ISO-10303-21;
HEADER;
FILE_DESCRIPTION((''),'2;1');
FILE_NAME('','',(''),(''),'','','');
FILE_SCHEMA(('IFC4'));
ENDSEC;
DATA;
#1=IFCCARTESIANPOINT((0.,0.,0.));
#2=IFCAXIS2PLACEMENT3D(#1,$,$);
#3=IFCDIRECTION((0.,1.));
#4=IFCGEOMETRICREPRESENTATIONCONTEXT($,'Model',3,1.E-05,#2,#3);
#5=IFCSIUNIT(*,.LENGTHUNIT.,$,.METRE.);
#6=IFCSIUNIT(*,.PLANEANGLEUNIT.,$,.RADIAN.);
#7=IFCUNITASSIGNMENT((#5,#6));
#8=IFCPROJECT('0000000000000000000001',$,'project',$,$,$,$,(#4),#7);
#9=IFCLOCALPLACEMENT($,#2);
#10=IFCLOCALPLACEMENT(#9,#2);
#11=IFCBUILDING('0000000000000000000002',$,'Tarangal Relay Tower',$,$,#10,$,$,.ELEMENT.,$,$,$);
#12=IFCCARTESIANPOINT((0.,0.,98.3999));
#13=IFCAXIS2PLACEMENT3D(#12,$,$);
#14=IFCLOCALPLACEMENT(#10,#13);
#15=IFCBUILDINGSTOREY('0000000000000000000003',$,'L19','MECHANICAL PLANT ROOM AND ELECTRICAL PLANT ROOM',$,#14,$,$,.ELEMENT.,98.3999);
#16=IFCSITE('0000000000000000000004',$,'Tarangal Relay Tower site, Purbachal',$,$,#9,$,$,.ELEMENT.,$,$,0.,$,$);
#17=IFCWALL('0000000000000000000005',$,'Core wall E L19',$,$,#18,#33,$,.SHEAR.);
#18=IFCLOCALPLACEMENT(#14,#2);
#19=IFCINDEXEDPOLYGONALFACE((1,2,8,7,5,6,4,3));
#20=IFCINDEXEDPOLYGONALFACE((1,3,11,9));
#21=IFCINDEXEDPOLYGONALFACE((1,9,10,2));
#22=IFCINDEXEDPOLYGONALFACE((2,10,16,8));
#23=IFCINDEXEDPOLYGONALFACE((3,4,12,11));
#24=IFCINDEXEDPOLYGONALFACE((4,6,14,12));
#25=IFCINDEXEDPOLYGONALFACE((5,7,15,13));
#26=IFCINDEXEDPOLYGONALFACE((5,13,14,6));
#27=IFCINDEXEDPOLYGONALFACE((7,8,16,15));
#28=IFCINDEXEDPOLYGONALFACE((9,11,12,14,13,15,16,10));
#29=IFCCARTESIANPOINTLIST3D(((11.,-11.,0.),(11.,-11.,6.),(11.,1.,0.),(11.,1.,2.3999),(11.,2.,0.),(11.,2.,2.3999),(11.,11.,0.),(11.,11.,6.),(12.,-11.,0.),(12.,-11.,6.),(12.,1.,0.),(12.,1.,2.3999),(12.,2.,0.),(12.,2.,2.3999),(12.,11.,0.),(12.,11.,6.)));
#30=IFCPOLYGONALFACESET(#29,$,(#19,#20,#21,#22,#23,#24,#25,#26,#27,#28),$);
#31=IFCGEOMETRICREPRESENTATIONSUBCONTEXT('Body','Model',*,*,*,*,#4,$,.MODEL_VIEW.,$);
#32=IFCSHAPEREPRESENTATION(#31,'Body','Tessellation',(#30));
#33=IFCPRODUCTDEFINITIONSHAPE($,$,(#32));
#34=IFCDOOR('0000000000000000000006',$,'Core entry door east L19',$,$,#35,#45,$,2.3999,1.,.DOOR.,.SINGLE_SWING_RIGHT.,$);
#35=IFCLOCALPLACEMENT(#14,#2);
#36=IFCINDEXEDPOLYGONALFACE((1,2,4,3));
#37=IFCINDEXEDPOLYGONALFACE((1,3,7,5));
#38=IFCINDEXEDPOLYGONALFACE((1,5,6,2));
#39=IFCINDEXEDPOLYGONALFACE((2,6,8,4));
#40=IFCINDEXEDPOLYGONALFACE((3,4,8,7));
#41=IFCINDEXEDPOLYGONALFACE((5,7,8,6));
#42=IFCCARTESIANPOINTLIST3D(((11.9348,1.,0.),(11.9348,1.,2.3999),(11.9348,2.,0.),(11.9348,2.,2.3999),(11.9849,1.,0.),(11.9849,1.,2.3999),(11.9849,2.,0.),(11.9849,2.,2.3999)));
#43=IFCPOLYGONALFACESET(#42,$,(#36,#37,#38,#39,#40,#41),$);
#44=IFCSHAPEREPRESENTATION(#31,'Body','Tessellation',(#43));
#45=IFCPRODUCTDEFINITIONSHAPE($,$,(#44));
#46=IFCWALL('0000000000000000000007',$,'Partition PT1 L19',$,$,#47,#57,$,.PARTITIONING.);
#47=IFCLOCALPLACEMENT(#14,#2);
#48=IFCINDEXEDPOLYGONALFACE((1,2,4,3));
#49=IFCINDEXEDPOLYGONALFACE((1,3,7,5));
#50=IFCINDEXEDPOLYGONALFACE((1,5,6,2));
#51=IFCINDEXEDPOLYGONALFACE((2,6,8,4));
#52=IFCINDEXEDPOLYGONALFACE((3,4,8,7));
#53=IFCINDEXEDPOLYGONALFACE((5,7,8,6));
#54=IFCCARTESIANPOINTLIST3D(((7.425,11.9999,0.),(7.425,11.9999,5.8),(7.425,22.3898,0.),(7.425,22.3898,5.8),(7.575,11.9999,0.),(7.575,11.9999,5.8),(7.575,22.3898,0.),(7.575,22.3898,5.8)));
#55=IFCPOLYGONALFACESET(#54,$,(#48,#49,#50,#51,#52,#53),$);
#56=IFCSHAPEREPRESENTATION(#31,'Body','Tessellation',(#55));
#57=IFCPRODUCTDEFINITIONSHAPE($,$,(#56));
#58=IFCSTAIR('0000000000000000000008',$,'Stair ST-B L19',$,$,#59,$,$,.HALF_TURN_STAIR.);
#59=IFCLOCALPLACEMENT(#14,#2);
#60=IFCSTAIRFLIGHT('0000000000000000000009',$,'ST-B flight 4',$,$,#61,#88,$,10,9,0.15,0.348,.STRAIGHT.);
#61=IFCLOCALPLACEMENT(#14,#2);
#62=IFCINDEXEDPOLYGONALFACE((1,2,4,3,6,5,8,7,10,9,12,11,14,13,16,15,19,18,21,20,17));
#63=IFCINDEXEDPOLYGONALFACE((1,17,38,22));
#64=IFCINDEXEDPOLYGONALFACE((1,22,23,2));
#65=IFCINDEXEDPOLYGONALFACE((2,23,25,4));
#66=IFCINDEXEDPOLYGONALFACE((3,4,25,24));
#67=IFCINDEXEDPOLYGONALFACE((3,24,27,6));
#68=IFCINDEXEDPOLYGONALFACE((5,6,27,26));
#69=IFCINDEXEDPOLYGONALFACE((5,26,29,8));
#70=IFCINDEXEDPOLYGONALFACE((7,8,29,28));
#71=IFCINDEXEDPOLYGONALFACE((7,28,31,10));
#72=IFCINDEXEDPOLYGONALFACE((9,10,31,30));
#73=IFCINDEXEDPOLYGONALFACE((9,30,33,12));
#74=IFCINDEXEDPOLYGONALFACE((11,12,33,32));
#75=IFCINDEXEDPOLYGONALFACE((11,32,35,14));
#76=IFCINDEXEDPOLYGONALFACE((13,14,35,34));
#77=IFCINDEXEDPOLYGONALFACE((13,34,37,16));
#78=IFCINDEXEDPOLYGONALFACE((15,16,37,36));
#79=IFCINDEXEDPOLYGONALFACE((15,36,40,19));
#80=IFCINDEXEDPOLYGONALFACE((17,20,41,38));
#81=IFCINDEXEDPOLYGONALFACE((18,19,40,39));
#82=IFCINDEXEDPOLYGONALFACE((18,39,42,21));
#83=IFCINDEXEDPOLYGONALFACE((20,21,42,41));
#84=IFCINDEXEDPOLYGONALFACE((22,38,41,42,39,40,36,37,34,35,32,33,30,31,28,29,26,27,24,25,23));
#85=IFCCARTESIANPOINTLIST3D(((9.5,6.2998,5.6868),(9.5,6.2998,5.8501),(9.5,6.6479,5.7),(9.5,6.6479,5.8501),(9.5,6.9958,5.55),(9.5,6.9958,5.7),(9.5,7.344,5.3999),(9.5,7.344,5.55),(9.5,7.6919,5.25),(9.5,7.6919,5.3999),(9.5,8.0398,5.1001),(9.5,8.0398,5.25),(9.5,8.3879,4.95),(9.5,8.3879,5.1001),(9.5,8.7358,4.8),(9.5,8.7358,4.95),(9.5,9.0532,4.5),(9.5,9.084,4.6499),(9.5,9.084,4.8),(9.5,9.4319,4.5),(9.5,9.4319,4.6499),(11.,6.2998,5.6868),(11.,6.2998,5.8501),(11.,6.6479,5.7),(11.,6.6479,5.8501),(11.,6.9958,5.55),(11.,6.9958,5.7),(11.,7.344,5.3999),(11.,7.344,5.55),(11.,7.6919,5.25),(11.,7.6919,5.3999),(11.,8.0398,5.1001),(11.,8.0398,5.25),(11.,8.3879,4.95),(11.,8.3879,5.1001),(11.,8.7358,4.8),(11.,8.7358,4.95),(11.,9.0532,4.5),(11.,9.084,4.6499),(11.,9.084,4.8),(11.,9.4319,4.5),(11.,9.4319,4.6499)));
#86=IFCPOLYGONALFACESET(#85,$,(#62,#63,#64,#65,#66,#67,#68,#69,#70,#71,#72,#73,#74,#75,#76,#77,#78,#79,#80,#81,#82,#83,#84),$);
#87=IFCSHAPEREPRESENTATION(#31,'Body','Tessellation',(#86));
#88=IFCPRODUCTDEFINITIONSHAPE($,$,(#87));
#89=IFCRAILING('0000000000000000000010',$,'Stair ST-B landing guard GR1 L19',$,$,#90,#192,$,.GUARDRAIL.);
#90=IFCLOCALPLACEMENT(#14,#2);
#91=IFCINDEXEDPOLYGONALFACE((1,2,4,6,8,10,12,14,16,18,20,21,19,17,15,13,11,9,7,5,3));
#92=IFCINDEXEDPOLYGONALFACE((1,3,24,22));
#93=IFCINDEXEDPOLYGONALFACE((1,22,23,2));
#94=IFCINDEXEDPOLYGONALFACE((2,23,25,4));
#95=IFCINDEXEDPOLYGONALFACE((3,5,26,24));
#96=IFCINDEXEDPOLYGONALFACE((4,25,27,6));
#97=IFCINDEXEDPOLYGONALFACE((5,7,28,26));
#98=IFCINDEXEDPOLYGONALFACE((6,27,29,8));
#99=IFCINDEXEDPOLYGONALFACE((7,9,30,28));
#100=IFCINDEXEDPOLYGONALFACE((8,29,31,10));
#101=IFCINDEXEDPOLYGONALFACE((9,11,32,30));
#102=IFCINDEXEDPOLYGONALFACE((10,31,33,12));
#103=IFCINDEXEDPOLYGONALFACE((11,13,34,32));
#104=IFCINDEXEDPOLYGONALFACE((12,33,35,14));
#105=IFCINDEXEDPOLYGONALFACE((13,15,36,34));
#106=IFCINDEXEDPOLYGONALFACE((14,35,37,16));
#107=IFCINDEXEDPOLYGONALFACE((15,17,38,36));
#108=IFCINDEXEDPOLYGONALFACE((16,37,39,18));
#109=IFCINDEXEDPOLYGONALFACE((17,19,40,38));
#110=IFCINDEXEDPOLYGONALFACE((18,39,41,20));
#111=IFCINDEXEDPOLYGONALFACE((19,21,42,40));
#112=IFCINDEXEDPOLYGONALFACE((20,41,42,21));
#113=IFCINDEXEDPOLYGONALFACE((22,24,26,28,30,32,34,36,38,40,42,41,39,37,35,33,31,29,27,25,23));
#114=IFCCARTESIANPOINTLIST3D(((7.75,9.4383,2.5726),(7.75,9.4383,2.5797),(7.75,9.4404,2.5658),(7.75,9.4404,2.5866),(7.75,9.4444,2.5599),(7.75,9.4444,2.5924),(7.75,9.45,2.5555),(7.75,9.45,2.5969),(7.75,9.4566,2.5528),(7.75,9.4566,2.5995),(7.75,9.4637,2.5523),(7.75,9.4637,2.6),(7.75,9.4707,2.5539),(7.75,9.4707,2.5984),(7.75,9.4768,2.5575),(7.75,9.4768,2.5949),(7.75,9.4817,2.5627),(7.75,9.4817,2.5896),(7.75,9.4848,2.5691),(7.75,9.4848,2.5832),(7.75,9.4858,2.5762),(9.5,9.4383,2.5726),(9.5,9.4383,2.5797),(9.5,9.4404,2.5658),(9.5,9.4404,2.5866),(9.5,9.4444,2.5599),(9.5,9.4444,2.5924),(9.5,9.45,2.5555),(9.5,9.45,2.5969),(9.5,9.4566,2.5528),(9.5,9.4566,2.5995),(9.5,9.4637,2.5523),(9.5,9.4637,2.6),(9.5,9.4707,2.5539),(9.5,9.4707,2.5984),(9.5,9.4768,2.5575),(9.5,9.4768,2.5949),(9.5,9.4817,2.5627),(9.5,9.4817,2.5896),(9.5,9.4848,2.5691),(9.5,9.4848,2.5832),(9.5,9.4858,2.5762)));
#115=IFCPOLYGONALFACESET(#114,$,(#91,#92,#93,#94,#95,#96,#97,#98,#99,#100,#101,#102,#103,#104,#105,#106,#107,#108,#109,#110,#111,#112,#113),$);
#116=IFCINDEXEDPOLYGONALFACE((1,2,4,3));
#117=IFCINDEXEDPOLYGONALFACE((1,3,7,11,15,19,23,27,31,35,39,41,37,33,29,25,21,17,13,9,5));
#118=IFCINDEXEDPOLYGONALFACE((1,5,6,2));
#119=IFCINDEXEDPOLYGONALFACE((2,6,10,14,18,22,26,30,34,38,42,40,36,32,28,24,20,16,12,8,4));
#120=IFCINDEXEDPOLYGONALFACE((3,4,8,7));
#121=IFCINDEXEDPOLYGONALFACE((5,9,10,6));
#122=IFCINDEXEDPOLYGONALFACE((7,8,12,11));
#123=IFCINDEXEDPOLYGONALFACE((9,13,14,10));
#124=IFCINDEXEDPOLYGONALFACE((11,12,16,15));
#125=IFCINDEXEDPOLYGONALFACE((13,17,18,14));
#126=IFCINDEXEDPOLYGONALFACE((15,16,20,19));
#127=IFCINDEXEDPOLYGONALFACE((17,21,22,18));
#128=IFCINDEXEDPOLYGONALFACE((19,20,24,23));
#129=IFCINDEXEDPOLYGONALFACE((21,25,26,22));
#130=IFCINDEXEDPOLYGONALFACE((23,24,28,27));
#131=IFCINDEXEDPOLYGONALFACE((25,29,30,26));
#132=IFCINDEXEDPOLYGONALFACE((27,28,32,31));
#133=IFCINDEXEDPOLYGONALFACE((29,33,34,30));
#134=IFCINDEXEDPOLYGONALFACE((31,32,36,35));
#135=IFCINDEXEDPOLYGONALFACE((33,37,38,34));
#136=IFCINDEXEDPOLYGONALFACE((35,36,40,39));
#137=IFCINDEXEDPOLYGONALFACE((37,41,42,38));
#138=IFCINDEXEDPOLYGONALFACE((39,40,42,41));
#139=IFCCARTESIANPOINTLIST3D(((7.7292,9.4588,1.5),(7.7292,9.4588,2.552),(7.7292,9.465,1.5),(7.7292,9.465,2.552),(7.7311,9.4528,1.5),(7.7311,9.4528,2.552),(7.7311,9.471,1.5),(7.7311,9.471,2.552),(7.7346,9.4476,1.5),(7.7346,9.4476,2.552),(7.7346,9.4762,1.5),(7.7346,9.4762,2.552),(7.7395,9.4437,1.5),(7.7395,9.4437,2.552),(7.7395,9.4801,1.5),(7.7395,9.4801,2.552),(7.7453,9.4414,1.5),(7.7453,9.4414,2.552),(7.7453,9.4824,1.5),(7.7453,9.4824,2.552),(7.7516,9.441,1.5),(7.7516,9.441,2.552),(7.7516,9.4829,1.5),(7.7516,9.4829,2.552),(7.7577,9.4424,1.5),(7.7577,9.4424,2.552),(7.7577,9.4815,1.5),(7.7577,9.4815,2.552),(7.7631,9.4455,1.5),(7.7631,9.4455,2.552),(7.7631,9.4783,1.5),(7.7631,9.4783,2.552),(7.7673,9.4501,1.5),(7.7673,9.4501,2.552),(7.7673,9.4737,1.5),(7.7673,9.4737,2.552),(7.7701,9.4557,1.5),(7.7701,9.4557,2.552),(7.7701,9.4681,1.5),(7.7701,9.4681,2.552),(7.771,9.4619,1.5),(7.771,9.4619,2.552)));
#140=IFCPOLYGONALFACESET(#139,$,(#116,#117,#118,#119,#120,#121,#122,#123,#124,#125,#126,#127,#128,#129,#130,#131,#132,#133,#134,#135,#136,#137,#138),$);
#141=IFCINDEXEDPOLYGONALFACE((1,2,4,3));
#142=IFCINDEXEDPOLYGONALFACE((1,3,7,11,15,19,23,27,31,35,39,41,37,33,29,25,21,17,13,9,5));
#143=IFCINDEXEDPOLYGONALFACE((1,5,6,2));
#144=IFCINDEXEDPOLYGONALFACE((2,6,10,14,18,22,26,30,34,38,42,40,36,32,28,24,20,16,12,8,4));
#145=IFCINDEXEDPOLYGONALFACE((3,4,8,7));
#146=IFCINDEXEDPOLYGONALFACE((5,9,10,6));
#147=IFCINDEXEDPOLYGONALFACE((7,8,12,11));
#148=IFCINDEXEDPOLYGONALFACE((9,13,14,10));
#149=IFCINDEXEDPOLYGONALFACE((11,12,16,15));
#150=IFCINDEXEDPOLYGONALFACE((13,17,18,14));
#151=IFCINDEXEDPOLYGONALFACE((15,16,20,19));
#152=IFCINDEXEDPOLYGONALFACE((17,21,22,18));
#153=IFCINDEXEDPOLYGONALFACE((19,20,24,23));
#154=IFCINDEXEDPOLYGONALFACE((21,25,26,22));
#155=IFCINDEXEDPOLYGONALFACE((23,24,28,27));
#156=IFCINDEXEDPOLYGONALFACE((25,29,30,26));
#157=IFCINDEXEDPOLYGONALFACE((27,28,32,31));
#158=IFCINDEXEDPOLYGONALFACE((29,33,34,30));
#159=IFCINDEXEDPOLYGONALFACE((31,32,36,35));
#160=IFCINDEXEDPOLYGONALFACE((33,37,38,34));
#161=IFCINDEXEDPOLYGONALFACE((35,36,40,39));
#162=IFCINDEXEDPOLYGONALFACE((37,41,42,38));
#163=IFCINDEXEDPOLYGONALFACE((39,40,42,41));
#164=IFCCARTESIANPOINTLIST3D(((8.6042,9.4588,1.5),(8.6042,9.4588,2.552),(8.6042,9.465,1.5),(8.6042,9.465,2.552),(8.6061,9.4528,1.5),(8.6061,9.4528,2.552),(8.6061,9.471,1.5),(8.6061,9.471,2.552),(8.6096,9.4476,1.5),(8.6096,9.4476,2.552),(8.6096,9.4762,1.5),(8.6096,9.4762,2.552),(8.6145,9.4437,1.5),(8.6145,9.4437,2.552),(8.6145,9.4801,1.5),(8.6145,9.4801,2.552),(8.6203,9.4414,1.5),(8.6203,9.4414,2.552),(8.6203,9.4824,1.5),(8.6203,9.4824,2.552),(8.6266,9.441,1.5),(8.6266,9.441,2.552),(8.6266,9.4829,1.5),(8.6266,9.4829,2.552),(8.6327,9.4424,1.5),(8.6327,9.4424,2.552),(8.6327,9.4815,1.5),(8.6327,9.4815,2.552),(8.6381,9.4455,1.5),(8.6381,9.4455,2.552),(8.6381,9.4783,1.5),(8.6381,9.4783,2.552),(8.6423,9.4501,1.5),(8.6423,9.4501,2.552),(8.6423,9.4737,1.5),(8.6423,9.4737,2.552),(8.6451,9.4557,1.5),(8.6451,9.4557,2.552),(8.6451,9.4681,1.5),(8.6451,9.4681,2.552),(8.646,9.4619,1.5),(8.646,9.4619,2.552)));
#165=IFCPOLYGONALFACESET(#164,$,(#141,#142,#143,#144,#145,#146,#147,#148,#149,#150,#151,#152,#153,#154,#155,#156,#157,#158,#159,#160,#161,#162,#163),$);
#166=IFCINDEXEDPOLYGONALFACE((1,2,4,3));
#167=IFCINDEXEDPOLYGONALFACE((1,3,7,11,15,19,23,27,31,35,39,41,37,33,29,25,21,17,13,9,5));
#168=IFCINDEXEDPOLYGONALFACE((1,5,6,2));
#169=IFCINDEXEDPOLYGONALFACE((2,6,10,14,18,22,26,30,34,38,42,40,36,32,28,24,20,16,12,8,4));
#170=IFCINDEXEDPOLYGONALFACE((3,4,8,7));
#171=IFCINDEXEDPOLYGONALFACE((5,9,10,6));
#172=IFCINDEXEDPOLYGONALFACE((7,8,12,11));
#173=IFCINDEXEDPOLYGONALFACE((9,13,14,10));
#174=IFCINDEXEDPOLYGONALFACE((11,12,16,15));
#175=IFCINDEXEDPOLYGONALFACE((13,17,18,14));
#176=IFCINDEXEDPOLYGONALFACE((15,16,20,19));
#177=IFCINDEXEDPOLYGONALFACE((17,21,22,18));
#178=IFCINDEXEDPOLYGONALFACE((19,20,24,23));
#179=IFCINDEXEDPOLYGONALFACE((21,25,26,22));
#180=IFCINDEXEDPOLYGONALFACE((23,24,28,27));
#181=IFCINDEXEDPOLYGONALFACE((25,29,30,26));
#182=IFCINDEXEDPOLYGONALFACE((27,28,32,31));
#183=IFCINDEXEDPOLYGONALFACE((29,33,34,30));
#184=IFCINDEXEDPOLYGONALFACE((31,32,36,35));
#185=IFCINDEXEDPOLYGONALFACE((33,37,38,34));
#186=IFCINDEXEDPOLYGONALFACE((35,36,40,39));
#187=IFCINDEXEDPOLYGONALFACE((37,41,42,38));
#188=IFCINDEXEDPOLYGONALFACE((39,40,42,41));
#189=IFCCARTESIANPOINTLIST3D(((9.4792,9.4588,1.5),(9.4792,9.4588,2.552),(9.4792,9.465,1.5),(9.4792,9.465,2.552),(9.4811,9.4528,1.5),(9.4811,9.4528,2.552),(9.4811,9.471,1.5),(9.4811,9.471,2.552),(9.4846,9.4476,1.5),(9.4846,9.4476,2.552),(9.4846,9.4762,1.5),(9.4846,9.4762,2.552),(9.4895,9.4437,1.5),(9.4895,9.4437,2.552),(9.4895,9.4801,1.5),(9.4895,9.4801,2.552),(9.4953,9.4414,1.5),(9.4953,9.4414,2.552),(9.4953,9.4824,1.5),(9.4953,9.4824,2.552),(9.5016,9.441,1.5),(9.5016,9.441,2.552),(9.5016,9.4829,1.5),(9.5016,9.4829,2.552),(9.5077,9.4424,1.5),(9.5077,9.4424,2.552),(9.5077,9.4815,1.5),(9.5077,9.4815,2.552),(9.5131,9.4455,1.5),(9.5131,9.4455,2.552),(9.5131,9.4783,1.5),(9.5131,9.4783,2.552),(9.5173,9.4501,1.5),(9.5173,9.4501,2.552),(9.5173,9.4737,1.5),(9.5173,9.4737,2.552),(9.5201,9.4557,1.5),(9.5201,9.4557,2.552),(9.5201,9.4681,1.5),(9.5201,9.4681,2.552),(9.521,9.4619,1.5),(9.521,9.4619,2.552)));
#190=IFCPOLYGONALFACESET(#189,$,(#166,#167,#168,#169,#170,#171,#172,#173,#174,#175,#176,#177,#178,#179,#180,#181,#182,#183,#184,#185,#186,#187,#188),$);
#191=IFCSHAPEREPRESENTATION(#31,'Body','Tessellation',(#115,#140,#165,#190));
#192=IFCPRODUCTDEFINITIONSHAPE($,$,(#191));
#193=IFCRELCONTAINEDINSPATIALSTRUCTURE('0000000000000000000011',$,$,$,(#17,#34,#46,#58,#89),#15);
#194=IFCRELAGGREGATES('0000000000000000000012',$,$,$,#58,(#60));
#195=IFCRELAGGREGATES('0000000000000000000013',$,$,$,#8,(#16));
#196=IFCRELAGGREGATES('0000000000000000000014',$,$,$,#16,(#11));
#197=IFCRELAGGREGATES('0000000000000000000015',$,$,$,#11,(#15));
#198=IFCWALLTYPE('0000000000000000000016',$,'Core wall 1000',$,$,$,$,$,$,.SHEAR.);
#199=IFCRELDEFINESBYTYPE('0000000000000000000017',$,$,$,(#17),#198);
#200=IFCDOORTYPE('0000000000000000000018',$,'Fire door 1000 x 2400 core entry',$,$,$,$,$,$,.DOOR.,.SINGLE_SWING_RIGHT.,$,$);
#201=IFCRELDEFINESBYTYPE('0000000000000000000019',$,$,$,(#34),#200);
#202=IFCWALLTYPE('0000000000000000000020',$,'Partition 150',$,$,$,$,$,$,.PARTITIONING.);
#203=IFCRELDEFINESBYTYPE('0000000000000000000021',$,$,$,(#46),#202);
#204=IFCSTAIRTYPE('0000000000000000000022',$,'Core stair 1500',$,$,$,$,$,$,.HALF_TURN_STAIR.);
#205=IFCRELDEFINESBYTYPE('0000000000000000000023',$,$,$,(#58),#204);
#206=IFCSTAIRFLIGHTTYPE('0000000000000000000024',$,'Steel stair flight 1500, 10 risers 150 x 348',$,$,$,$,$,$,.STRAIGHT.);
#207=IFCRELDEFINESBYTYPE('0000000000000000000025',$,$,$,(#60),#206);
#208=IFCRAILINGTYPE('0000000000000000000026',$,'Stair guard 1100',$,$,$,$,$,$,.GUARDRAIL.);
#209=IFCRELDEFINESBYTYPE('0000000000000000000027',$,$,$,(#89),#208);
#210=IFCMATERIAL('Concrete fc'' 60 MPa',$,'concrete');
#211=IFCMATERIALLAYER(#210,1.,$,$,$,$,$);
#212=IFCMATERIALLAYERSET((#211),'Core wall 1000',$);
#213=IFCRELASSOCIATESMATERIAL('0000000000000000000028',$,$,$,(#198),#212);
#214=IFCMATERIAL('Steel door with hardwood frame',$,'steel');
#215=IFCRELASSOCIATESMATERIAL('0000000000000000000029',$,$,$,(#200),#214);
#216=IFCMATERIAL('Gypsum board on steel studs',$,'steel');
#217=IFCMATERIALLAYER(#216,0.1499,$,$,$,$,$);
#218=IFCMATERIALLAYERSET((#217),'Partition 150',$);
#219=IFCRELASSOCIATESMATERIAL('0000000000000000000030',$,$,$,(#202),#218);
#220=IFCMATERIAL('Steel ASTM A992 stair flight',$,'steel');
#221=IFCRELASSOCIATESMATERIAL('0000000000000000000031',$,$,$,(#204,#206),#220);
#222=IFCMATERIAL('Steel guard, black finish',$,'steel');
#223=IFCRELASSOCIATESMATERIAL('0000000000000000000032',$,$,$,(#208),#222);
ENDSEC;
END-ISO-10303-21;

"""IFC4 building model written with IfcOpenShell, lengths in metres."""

from ifc_helpers import new_model, si_unit, direction, frame, frame_2d, origin, origin_2d, place, context, subcontext, project, spatial, polyline, rectangle, circle, outline, extrude, material, layer, layer_set, type_object, element, fill, aggregate, save


model = new_model("IFC4")

# Units and contexts
model_context = context("Model", 3, precision=1e-05, world=origin(), true_north=direction((0.0, 1.0)))
body_context = subcontext(model_context, "Body", "Model", "MODEL_VIEW")
ifc_project = project(units=[si_unit("LENGTHUNIT", "METRE"), si_unit("PLANEANGLEUNIT", "RADIAN")], contexts=[model_context])

# Site, building, storey
site_placement = place(None, origin())
site = spatial("IfcSite", under=ifc_project, at=site_placement, Name="Tarangal Relay Tower site, Purbachal", CompositionType="ELEMENT", RefElevation=0.0)
building_placement = place(site_placement, origin())
building = spatial("IfcBuilding", under=site, at=building_placement, Name="Tarangal Relay Tower", CompositionType="ELEMENT")
storey_placement = place(building_placement, frame((0.0, 0.0, 98.3999)))
storey = spatial("IfcBuildingStorey", under=building, at=storey_placement, Name="L19", Description="MECHANICAL PLANT ROOM AND ELECTRICAL PLANT ROOM", CompositionType="ELEMENT", Elevation=98.3999)

# Wall, opening, door
ifc_material_1 = material(Name="Concrete fc' 60 MPa", Category="concrete")
ifc_layer_1 = layer(ifc_material_1, 1.0)
ifc_layer_set_1 = layer_set([ifc_layer_1], Name="Core wall 1000")
wall_type_1 = type_object("IfcWallType", Name="Core wall 1000", PredefinedType="SHEAR", material=ifc_layer_set_1)
wall_1_placement = place(storey_placement, frame((11.5, 11.0, 0.0), z_axis=(0.0, 0.0, 1.0), x_axis=(0.0, -1.0, 0.0)))
wall_1 = element("IfcWall", 1, at=wall_1_placement, inside=storey, type_object=wall_type_1, Name="Core wall E L19", PredefinedType="SHEAR", context=body_context, shape_type="SweptSolid", body=[
    extrude(rectangle(XDim=22.0, YDim=1.0, at=frame_2d((11.0, 0.0))), origin(), (0.0, 0.0, 1.0), 6.0),
])
opening_placement = place(wall_1_placement, frame((9.0, 0.0, 0.0)))
opening = element("IfcOpeningElement", 2, at=opening_placement, cuts=wall_1, PredefinedType="OPENING", context=body_context, shape_type="SweptSolid", body=[
    extrude(rectangle(XDim=1.0, YDim=2.3999, at=frame_2d((0.5, 1.2))), frame((0.0, 0.51, 0.0), z_axis=(0.0, -1.0, 0.0), x_axis=(1.0, 0.0, 0.0)), (0.0, 0.0, 1.0), 1.02),
])
ifc_material_2 = material(Name="Steel door with hardwood frame", Category="steel")
door_type = type_object("IfcDoorType", Name="Fire door 1000 x 2400 core entry", OperationType="SINGLE_SWING_RIGHT", PredefinedType="DOOR", material=ifc_material_2)
door_placement = place(opening_placement, origin())
door = element("IfcDoor", 3, at=door_placement, inside=storey, type_object=door_type, Name="Core entry door east L19", OperationType="SINGLE_SWING_RIGHT", OverallHeight=2.3999, OverallWidth=1.0, PredefinedType="DOOR", context=body_context, shape_type="SweptSolid", body=[
    extrude(rectangle(XDim=1.0, YDim=2.3999, at=frame_2d((0.5, 1.2))), frame((0.0, 0.4849, 0.0), z_axis=(0.0, -1.0, 0.0), x_axis=(1.0, 0.0, 0.0)), (0.0, 0.0, 1.0), 0.05),
])
fill(opening, door)

# Wall
ifc_material_3 = material(Name="Gypsum board on steel studs", Category="steel")
ifc_layer_2 = layer(ifc_material_3, 0.1499)
ifc_layer_set_2 = layer_set([ifc_layer_2], Name="Partition 150")
wall_type_2 = type_object("IfcWallType", Name="Partition 150", PredefinedType="PARTITIONING", material=ifc_layer_set_2)
wall_2_placement = place(storey_placement, frame((7.5, 12.0, 0.0), z_axis=(0.0, 0.0, 1.0), x_axis=(0.0, 1.0, 0.0)))
element("IfcWall", 4, at=wall_2_placement, inside=storey, type_object=wall_type_2, Name="Partition PT1 L19", PredefinedType="PARTITIONING", context=body_context, shape_type="SweptSolid", body=[
    extrude(rectangle(XDim=10.3899, YDim=0.1499, at=frame_2d((5.1948, 0.0))), origin(), (0.0, 0.0, 1.0), 5.8),
])

# Stair, stair flight
ifc_material_4 = material(Name="Steel ASTM A992 stair flight", Category="steel")
stair_type = type_object("IfcStairType", Name="Core stair 1500", PredefinedType="HALF_TURN_STAIR", material=ifc_material_4)
stair_placement = place(storey_placement, origin())
stair = element("IfcStair", 5, at=stair_placement, inside=storey, type_object=stair_type, Name="Stair ST-B L19", PredefinedType="HALF_TURN_STAIR")
stair_flight_type = type_object("IfcStairFlightType", Name="Steel stair flight 1500, 10 risers 150 x 348", PredefinedType="STRAIGHT", material=ifc_material_4)
stair_flight_placement = place(storey_placement, frame((10.25, 9.4319, 4.5), z_axis=(0.0, 0.0, 1.0), x_axis=(0.0, -1.0, 0.0)))
stair_flight = element("IfcStairFlight", 6, at=stair_flight_placement, type_object=stair_flight_type, Name="ST-B flight 4", NumberOfRisers=10, NumberOfTreads=9, PredefinedType="STRAIGHT", RiserHeight=0.15, TreadLength=0.348, context=body_context, shape_type="SweptSolid", body=[
    extrude(outline(polyline([(0.0, 0.0), (0.0, 0.1499), (0.3479, 0.1499), (0.3479, 0.3), (0.696, 0.3), (0.696, 0.45), (1.0439, 0.45), (1.0439, 0.6001), (1.3921, 0.6001), (1.3921, 0.75), (1.74, 0.75), (1.74, 0.8999), (2.0879, 0.8999), (2.0879, 1.05), (2.436, 1.05), (2.436, 1.2), (2.7839, 1.2), (2.7839, 1.3501), (3.1321, 1.3501), (3.1321, 1.5), (3.1321, 1.1868), (0.3787, 0.0), (0.0, 0.0)])), frame((0.0, 0.75, 0.0), z_axis=(0.0, -1.0, 0.0), x_axis=(1.0, 0.0, 0.0)), (0.0, 0.0, 1.0), 1.5),
])
aggregate(stair, [stair_flight])

# Railing
ifc_material_5 = material(Name="Steel guard, black finish", Category="steel")
railing_type_1 = type_object("IfcRailingType", Name="Stair guard 1100", PredefinedType="GUARDRAIL", material=ifc_material_5)
for number, where, name in (
    (7, (7.75, 9.4619, 1.5), "Stair ST-B landing guard GR1 L19"),
):
    element("IfcRailing", number, at=place(storey_placement, frame(where)), inside=storey, type_object=railing_type_1, Name=name, PredefinedType="GUARDRAIL", context=body_context, shape_type="SweptSolid", body=[
        extrude(circle(Radius=0.0239, at=origin_2d()), frame((0.0, 0.0, 1.0762), z_axis=(1.0, 0.0, 0.0), x_axis=(0.0, 1.0, 0.0)), (0.0, 0.0, 1.0), 1.75),
        extrude(circle(Radius=0.021, at=origin_2d()), origin(), (0.0, 0.0, 1.0), 1.052),
        extrude(circle(Radius=0.021, at=origin_2d()), frame((0.875, 0.0, 0.0)), (0.0, 0.0, 1.0), 1.052),
        extrude(circle(Radius=0.021, at=origin_2d()), frame((1.75, 0.0, 0.0)), (0.0, 0.0, 1.0), 1.052),
    ])

save(model, "model.ifc")
